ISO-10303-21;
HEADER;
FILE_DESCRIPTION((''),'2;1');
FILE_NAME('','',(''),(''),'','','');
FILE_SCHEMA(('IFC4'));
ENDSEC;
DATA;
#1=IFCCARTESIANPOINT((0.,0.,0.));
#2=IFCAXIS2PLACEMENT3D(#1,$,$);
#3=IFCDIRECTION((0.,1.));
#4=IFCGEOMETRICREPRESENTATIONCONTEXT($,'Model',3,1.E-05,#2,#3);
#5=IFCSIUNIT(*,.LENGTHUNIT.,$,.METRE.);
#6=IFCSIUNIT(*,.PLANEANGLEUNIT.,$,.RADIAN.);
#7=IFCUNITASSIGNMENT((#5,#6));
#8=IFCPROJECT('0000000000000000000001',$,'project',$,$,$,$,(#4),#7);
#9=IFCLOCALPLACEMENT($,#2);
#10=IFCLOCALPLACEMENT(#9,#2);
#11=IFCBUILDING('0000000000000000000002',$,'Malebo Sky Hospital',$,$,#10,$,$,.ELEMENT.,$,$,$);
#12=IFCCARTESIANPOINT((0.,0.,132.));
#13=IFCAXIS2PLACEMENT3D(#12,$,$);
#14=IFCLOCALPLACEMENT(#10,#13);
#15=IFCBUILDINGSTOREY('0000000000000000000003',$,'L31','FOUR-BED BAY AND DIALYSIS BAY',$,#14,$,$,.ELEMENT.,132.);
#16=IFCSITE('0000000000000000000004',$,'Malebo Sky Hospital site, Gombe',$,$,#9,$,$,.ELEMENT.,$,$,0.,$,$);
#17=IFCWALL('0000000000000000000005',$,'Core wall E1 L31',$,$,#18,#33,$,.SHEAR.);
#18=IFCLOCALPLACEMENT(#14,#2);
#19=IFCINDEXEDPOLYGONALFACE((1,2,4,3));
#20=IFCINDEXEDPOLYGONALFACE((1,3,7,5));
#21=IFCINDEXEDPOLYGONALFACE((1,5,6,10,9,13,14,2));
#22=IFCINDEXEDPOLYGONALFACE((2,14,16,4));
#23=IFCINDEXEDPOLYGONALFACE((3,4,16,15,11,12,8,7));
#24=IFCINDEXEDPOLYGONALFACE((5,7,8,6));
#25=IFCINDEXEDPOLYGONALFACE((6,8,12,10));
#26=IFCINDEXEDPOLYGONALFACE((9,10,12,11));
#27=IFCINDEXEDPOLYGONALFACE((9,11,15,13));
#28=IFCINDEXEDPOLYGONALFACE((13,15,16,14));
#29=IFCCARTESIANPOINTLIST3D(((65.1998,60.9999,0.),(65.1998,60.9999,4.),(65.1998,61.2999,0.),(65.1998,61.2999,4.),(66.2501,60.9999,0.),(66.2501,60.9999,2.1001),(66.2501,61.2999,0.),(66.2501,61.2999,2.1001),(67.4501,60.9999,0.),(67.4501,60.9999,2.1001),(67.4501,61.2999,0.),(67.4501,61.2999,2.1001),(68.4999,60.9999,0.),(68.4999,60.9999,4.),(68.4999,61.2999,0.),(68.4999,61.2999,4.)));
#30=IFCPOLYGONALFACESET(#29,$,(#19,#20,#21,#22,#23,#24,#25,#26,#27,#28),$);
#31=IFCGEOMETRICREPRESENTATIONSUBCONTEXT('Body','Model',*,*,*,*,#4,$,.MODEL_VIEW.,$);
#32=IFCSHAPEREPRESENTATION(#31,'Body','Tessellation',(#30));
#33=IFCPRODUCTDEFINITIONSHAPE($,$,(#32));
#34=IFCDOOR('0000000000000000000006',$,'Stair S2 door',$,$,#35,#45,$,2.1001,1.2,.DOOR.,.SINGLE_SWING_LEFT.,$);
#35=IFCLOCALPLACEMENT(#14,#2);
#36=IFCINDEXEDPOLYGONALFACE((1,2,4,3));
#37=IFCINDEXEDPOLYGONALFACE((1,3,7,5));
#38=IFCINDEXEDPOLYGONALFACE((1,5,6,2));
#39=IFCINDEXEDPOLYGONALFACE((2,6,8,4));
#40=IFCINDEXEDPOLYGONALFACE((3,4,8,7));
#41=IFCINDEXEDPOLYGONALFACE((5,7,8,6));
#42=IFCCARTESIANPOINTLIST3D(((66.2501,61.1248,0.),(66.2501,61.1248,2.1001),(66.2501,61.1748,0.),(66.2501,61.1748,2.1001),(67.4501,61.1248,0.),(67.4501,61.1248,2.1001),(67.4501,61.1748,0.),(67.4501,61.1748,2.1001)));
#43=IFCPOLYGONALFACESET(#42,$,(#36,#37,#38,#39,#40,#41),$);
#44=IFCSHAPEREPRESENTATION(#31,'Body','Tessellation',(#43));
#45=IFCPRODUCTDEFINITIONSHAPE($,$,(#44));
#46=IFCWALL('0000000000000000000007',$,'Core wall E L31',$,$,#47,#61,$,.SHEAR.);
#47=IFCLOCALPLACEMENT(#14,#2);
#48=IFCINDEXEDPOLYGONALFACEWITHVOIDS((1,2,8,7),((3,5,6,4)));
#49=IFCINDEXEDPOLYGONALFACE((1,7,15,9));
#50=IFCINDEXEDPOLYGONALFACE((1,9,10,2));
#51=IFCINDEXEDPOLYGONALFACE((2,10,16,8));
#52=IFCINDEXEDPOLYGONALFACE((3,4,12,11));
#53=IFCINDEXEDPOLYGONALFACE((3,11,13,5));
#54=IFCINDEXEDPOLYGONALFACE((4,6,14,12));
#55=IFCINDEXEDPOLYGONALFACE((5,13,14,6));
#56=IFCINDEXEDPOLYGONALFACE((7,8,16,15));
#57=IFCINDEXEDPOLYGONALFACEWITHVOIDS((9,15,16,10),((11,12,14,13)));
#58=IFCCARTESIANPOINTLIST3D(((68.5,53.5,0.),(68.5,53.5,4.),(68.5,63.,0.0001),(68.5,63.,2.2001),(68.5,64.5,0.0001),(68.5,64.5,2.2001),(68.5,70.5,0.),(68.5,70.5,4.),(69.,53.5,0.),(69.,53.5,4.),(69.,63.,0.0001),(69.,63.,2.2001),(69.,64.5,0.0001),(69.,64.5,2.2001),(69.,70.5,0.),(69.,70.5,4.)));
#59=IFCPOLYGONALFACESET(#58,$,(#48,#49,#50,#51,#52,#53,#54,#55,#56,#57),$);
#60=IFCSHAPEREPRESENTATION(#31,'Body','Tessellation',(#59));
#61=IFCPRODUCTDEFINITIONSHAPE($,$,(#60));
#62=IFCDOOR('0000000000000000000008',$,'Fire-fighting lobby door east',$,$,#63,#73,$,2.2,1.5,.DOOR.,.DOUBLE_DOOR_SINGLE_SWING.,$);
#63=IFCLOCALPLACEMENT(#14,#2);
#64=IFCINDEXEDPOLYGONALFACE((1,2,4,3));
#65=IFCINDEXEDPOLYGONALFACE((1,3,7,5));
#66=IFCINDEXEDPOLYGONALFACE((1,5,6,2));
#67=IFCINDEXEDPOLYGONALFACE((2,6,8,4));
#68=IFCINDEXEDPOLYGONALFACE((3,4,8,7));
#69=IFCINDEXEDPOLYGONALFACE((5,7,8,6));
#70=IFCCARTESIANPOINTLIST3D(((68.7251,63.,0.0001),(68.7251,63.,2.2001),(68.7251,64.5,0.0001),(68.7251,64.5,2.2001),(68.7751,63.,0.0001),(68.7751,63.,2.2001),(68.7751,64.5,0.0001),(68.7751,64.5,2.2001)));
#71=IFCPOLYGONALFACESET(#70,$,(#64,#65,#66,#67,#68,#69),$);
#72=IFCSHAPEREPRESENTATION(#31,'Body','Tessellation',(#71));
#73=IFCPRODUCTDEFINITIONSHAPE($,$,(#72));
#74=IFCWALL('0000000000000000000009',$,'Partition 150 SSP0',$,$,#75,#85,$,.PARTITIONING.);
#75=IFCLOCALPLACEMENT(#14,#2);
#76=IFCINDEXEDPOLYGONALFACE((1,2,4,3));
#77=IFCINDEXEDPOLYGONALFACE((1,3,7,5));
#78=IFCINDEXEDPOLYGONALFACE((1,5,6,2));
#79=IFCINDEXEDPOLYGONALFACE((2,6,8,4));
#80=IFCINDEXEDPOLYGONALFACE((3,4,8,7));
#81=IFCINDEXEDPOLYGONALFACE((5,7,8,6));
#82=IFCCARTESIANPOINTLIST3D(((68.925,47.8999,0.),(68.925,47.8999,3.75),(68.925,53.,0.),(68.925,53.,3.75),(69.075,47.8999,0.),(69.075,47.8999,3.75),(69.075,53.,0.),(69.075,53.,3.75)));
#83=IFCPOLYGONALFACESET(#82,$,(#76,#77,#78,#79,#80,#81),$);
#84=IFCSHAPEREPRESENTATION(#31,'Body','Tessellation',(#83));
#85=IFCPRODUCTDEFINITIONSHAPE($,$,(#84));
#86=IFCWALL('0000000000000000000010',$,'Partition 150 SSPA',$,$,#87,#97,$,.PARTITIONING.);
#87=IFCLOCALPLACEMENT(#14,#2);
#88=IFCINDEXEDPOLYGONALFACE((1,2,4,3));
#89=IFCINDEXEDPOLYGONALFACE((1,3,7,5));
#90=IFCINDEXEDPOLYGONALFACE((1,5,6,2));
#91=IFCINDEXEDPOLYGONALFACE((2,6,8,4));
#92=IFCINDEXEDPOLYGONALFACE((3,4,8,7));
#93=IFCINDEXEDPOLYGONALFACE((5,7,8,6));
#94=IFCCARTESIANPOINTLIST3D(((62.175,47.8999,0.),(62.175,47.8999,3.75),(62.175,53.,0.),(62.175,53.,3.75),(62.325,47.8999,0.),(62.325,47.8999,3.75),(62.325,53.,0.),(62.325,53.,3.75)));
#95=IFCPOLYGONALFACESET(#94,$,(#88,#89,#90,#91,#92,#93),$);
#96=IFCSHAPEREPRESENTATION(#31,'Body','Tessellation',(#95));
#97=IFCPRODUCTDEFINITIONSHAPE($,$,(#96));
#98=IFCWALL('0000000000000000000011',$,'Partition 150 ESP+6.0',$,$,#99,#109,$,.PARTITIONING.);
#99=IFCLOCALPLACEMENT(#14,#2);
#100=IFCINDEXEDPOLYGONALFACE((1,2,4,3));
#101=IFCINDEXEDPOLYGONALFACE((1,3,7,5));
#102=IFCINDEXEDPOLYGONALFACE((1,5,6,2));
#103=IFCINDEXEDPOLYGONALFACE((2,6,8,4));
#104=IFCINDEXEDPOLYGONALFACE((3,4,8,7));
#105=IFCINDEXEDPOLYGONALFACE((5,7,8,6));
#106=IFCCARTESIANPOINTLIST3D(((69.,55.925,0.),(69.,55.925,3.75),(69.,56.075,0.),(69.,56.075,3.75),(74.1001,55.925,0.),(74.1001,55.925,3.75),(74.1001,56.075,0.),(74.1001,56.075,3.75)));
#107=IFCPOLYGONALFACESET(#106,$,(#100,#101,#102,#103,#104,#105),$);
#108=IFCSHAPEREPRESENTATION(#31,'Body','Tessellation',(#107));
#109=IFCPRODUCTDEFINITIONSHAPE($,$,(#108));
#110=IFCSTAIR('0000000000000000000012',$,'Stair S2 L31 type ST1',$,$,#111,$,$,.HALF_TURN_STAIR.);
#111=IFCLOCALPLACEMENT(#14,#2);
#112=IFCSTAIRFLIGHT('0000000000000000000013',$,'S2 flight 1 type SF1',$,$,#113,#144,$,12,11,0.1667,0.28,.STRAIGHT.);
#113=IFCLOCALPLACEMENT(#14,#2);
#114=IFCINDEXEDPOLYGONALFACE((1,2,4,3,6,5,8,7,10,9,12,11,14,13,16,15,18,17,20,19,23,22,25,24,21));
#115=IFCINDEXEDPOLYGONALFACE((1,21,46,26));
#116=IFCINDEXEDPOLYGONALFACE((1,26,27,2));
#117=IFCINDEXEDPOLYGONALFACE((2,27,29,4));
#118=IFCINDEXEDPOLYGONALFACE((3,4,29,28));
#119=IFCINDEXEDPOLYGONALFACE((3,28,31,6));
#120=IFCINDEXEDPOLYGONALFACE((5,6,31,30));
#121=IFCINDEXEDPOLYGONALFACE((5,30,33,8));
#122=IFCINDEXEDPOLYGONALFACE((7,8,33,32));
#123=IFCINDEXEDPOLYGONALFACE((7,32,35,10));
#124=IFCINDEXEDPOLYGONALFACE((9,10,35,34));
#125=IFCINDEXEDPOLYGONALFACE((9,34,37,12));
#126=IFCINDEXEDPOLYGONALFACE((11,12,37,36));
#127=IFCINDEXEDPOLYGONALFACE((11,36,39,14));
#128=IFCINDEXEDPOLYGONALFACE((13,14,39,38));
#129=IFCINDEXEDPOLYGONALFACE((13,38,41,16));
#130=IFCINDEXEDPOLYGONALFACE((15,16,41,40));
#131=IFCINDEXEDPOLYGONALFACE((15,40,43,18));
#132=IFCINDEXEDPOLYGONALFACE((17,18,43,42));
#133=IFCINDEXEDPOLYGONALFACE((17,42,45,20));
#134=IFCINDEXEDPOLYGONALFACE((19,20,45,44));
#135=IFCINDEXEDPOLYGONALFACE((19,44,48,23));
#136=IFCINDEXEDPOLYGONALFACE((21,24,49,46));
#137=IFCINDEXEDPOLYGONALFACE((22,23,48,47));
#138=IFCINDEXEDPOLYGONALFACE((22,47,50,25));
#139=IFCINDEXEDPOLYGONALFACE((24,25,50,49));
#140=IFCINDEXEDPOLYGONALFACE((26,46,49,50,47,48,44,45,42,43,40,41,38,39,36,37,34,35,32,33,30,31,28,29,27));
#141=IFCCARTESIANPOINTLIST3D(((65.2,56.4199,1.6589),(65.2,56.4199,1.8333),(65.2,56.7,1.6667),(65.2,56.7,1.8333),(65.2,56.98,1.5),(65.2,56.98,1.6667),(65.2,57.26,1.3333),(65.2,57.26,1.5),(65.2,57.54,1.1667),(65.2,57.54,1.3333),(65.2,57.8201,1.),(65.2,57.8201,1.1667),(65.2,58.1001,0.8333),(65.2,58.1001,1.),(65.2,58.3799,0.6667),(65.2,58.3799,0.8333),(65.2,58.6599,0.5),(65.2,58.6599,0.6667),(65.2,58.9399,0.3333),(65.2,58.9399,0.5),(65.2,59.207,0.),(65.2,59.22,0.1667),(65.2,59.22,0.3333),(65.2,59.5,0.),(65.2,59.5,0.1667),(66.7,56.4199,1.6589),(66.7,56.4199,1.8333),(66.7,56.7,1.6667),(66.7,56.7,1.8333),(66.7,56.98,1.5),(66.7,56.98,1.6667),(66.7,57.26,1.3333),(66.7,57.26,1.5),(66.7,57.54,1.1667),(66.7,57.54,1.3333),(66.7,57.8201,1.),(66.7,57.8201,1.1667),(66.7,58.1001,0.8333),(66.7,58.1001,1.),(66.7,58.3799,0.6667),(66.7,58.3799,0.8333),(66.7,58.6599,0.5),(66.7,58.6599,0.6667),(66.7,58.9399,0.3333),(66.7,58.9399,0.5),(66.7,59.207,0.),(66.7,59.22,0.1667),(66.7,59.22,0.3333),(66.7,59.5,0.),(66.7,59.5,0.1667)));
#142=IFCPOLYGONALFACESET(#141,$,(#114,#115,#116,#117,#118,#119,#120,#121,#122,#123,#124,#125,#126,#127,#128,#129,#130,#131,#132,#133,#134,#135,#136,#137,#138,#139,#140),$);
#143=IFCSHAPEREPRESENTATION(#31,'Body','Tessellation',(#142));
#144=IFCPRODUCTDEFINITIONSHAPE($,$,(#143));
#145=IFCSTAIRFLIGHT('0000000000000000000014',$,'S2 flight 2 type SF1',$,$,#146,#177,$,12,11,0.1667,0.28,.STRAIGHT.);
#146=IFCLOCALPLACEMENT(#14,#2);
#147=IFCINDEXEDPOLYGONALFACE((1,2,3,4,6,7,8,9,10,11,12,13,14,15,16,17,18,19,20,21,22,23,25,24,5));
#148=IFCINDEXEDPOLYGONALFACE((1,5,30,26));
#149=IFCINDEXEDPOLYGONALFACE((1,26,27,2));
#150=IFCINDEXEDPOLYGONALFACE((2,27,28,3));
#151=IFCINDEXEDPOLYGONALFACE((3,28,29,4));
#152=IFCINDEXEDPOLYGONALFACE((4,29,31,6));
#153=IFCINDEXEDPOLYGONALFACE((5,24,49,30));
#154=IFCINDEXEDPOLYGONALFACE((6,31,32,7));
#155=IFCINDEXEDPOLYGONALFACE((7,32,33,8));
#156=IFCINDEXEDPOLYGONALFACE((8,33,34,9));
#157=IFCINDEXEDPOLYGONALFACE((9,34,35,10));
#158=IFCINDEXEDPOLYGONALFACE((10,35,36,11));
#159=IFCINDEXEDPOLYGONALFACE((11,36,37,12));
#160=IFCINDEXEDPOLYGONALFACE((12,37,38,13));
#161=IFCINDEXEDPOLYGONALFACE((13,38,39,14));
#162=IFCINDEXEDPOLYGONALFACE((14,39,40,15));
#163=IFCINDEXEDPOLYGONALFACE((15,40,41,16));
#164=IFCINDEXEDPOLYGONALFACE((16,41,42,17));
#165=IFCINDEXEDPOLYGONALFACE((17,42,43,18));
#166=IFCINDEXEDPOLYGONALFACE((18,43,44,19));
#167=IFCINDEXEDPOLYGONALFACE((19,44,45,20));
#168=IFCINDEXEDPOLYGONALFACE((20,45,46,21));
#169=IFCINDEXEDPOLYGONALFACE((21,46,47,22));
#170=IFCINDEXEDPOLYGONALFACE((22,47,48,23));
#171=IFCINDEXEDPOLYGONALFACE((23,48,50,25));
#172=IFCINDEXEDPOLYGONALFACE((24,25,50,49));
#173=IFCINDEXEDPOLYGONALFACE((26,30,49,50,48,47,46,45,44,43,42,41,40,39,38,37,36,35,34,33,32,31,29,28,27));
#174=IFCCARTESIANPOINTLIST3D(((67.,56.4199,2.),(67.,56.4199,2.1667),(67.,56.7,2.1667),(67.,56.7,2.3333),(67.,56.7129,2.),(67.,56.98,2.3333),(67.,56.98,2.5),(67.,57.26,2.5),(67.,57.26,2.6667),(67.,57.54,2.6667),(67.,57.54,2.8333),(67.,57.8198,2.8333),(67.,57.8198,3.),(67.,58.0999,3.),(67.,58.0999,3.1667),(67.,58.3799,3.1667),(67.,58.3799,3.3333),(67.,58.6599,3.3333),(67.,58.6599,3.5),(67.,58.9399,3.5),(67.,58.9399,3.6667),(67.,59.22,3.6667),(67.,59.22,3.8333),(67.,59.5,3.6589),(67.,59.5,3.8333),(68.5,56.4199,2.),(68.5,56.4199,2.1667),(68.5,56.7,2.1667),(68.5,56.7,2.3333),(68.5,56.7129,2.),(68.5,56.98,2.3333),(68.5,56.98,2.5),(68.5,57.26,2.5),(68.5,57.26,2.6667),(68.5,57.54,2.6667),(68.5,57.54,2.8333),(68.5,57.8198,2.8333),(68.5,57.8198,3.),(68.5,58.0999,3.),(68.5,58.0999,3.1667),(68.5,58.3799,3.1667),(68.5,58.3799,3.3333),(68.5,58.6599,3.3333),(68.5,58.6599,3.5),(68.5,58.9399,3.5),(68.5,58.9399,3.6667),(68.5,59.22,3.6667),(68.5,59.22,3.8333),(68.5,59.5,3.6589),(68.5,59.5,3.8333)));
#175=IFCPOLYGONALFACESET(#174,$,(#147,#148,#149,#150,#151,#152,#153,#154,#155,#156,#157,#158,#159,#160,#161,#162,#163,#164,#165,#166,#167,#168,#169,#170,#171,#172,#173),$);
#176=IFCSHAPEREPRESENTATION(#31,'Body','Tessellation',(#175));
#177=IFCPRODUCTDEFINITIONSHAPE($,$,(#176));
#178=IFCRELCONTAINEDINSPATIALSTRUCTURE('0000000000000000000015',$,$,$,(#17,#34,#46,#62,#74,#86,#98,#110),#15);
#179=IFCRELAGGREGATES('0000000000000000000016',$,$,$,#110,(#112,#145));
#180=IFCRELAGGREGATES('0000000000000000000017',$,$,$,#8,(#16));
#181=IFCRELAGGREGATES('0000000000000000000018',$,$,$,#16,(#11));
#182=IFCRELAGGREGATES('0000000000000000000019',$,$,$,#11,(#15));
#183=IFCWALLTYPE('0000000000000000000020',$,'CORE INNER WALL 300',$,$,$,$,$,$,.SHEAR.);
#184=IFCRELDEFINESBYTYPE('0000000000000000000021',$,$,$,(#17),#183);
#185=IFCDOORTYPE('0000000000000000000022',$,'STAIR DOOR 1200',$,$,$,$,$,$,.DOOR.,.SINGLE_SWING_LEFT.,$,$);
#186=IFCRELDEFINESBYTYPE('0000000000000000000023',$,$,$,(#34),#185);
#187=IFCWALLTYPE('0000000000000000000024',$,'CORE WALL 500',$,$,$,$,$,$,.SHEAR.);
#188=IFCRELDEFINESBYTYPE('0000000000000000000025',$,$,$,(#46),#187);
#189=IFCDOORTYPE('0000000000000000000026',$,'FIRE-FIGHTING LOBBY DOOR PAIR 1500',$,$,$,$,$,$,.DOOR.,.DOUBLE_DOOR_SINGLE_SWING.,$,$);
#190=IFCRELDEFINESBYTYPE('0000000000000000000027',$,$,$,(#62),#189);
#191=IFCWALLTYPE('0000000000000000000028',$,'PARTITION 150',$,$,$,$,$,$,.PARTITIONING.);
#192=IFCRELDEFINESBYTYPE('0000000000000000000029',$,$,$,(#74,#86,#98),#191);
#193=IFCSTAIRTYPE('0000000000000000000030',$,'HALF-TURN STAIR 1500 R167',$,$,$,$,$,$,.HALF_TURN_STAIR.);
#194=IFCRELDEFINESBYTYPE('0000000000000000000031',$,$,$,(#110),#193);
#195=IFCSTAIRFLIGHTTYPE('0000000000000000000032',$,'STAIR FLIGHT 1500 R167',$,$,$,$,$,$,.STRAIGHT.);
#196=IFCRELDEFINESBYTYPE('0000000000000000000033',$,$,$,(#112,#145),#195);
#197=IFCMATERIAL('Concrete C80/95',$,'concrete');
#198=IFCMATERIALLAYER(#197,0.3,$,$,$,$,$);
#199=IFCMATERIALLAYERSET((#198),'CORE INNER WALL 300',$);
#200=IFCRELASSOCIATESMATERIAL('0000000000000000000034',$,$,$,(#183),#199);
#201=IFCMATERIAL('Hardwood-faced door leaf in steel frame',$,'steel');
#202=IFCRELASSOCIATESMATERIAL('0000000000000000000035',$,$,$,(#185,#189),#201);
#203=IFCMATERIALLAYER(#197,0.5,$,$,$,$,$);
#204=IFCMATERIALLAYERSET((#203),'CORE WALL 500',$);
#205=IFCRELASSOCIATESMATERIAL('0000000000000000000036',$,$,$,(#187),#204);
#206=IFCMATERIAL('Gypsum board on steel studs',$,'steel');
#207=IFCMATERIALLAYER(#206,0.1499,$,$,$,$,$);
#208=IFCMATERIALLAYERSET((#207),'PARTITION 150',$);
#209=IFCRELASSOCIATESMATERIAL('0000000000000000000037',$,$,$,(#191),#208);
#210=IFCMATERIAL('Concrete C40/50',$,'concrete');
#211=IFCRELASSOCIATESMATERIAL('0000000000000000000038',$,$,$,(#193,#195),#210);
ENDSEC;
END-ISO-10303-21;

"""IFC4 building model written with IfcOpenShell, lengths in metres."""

from ifc_helpers import new_model, si_unit, direction, frame, frame_2d, origin, place, context, subcontext, project, spatial, polyline, rectangle, outline, extrude, material, layer, layer_set, type_object, element, fill, aggregate, save


model = new_model("IFC4")

# Units and contexts
model_context = context("Model", 3, precision=1e-05, world=origin(), true_north=direction((0.0, 1.0)))
body_context = subcontext(model_context, "Body", "Model", "MODEL_VIEW")
ifc_project = project(units=[si_unit("LENGTHUNIT", "METRE"), si_unit("PLANEANGLEUNIT", "RADIAN")], contexts=[model_context])

# Site, building, storey
site_placement = place(None, origin())
site = spatial("IfcSite", under=ifc_project, at=site_placement, Name="Malebo Sky Hospital site, Gombe", CompositionType="ELEMENT", RefElevation=0.0)
building_placement = place(site_placement, origin())
building = spatial("IfcBuilding", under=site, at=building_placement, Name="Malebo Sky Hospital", CompositionType="ELEMENT")
storey_placement = place(building_placement, frame((0.0, 0.0, 132.0)))
storey = spatial("IfcBuildingStorey", under=building, at=storey_placement, Name="L31", Description="FOUR-BED BAY AND DIALYSIS BAY", CompositionType="ELEMENT", Elevation=132.0)

# Shared definitions
ifc_material_1 = material(Name="Concrete C80/95", Category="concrete")

# Shared definitions
ifc_layer_1 = layer(ifc_material_1, 0.3)
ifc_layer_set_1 = layer_set([ifc_layer_1], Name="CORE INNER WALL 300")
wall_type_1 = type_object("IfcWallType", Name="CORE INNER WALL 300", PredefinedType="SHEAR", material=ifc_layer_set_1)

# Walls, openings, doors
wall_1_placement = place(storey_placement, frame((65.2, 61.1499, 0.0), z_axis=(0.0, 0.0, 1.0), x_axis=(1.0, 0.0, 0.0)))
wall_1 = element("IfcWall", 1, at=wall_1_placement, inside=storey, type_object=wall_type_1, Name="Core wall E1 L31", PredefinedType="SHEAR", context=body_context, shape_type="SweptSolid", body=[
    extrude(rectangle(XDim=3.3, YDim=0.3, at=frame_2d((1.6499, 0.0))), origin(), (0.0, 0.0, 1.0), 4.0),
])
opening_1_placement = place(wall_1_placement, frame((1.05, 0.0, 0.0)))
opening_1 = element("IfcOpeningElement", 2, at=opening_1_placement, cuts=wall_1, PredefinedType="OPENING", context=body_context, shape_type="SweptSolid", body=[
    extrude(rectangle(XDim=1.2, YDim=2.1001, at=frame_2d((0.6001, 1.05))), frame((0.0, 0.1599, 0.0), z_axis=(0.0, -1.0, 0.0), x_axis=(1.0, 0.0, 0.0)), (0.0, 0.0, 1.0), 0.3201),
])
ifc_material_2 = material(Name="Hardwood-faced door leaf in steel frame", Category="steel")
door_type_1 = type_object("IfcDoorType", Name="STAIR DOOR 1200", OperationType="SINGLE_SWING_LEFT", PredefinedType="DOOR", material=ifc_material_2)
door_1_placement = place(opening_1_placement, origin())
door_1 = element("IfcDoor", 3, at=door_1_placement, inside=storey, type_object=door_type_1, Name="Stair S2 door", OperationType="SINGLE_SWING_LEFT", OverallHeight=2.1001, OverallWidth=1.2, PredefinedType="DOOR", context=body_context, shape_type="SweptSolid", body=[
    extrude(rectangle(XDim=1.2, YDim=2.1001, at=frame_2d((0.6001, 1.05))), frame((0.0, 0.0249, 0.0), z_axis=(0.0, -1.0, 0.0), x_axis=(1.0, 0.0, 0.0)), (0.0, 0.0, 1.0), 0.05),
])
fill(opening_1, door_1)
ifc_layer_2 = layer(ifc_material_1, 0.5)
ifc_layer_set_2 = layer_set([ifc_layer_2], Name="CORE WALL 500")
wall_type_2 = type_object("IfcWallType", Name="CORE WALL 500", PredefinedType="SHEAR", material=ifc_layer_set_2)
wall_2_placement = place(storey_placement, frame((68.75, 53.5, 0.0), z_axis=(0.0, 0.0, 1.0), x_axis=(0.0, 1.0, 0.0)))
wall_2 = element("IfcWall", 4, at=wall_2_placement, inside=storey, type_object=wall_type_2, Name="Core wall E L31", PredefinedType="SHEAR", context=body_context, shape_type="SweptSolid", body=[
    extrude(rectangle(XDim=17.0, YDim=0.5, at=frame_2d((8.5, 0.0))), origin(), (0.0, 0.0, 1.0), 4.0),
])
opening_2_placement = place(wall_2_placement, frame((9.5, 0.0, 0.0)))
opening_2 = element("IfcOpeningElement", 5, at=opening_2_placement, cuts=wall_2, PredefinedType="OPENING", context=body_context, shape_type="SweptSolid", body=[
    extrude(rectangle(XDim=1.5, YDim=2.2, at=frame_2d((0.75, 1.1001))), frame((0.0, 0.26, 0.0), z_axis=(0.0, -1.0, 0.0), x_axis=(1.0, 0.0, 0.0)), (0.0, 0.0, 1.0), 0.52),
])
door_type_2 = type_object("IfcDoorType", Name="FIRE-FIGHTING LOBBY DOOR PAIR 1500", OperationType="DOUBLE_DOOR_SINGLE_SWING", PredefinedType="DOOR", material=ifc_material_2)
door_2_placement = place(opening_2_placement, origin())
door_2 = element("IfcDoor", 6, at=door_2_placement, inside=storey, type_object=door_type_2, Name="Fire-fighting lobby door east", OperationType="DOUBLE_DOOR_SINGLE_SWING", OverallHeight=2.2, OverallWidth=1.5, PredefinedType="DOOR", context=body_context, shape_type="SweptSolid", body=[
    extrude(rectangle(XDim=1.5, YDim=2.2, at=frame_2d((0.75, 1.1001))), frame((0.0, 0.0249, 0.0), z_axis=(0.0, -1.0, 0.0), x_axis=(1.0, 0.0, 0.0)), (0.0, 0.0, 1.0), 0.05),
])
fill(opening_2, door_2)

# Walls
ifc_material_3 = material(Name="Gypsum board on steel studs", Category="steel")
ifc_layer_3 = layer(ifc_material_3, 0.1499)
ifc_layer_set_3 = layer_set([ifc_layer_3], Name="PARTITION 150")
wall_type_3 = type_object("IfcWallType", Name="PARTITION 150", PredefinedType="PARTITIONING", material=ifc_layer_set_3)
for number, where, z_axis, x_axis, name in (
    (7, (69.0, 53.0, 0.0), (0.0, 0.0, 1.0), (0.0, -1.0, 0.0), "Partition 150 SSP0"),
    (8, (62.25, 53.0, 0.0), (0.0, 0.0, 1.0), (0.0, -1.0, 0.0), "Partition 150 SSPA"),
    (9, (69.0, 56.0, 0.0), (0.0, 0.0, 1.0), (1.0, 0.0, 0.0), "Partition 150 ESP+6.0"),
):
    element("IfcWall", number, at=place(storey_placement, frame(where, z_axis=z_axis, x_axis=x_axis)), inside=storey, type_object=wall_type_3, Name=name, PredefinedType="PARTITIONING", context=body_context, shape_type="SweptSolid", body=[
        extrude(rectangle(XDim=5.1001, YDim=0.1499, at=frame_2d((2.55, 0.0))), origin(), (0.0, 0.0, 1.0), 3.75),
    ])

# Stair, stair flights
ifc_material_4 = material(Name="Concrete C40/50", Category="concrete")
stair_type = type_object("IfcStairType", Name="HALF-TURN STAIR 1500 R167", PredefinedType="HALF_TURN_STAIR", material=ifc_material_4)
stair_placement = place(storey_placement, origin())
stair = element("IfcStair", 10, at=stair_placement, inside=storey, type_object=stair_type, Name="Stair S2 L31 type ST1", PredefinedType="HALF_TURN_STAIR")
stair_flight_type = type_object("IfcStairFlightType", Name="STAIR FLIGHT 1500 R167", PredefinedType="STRAIGHT", material=ifc_material_4)
stair_flight_1_placement = place(storey_placement, frame((65.95, 59.5, 0.0), z_axis=(0.0, 0.0, 1.0), x_axis=(0.0, -1.0, 0.0)))
stair_flight_1 = element("IfcStairFlight", 11, at=stair_flight_1_placement, type_object=stair_flight_type, Name="S2 flight 1 type SF1", NumberOfRisers=12, NumberOfTreads=11, PredefinedType="STRAIGHT", RiserHeight=0.1667, TreadLength=0.28, context=body_context, shape_type="SweptSolid", body=[
    extrude(outline(polyline([(0.0, 0.0), (0.0, 0.1667), (0.28, 0.1667), (0.28, 0.3333), (0.5601, 0.3333), (0.5601, 0.5), (0.8401, 0.5), (0.8401, 0.6667), (1.1201, 0.6667), (1.1201, 0.8333), (1.3999, 0.8333), (1.3999, 1.0), (1.6799, 1.0), (1.6799, 1.1667), (1.96, 1.1667), (1.96, 1.3333), (2.24, 1.3333), (2.24, 1.5), (2.52, 1.5), (2.52, 1.6667), (2.8, 1.6667), (2.8, 1.8333), (3.0801, 1.8333), (3.0801, 2.0), (3.0801, 1.6589), (0.293, 0.0), (0.0, 0.0)])), frame((0.0, 0.75, 0.0), z_axis=(0.0, -1.0, 0.0), x_axis=(1.0, 0.0, 0.0)), (0.0, 0.0, 1.0), 1.5),
])
stair_flight_2_placement = place(storey_placement, frame((67.75, 56.4199, 2.0), z_axis=(0.0, 0.0, 1.0), x_axis=(0.0, 1.0, 0.0)))
stair_flight_2 = element("IfcStairFlight", 12, at=stair_flight_2_placement, type_object=stair_flight_type, Name="S2 flight 2 type SF1", NumberOfRisers=12, NumberOfTreads=11, PredefinedType="STRAIGHT", RiserHeight=0.1667, TreadLength=0.28, context=body_context, shape_type="SweptSolid", body=[
    extrude(outline(polyline([(0.0, 0.0), (0.0, 0.1667), (0.28, 0.1667), (0.28, 0.3333), (0.5601, 0.3333), (0.5601, 0.5), (0.8401, 0.5), (0.8401, 0.6667), (1.1201, 0.6667), (1.1201, 0.8333), (1.3999, 0.8333), (1.3999, 1.0), (1.6799, 1.0), (1.6799, 1.1667), (1.96, 1.1667), (1.96, 1.3333), (2.24, 1.3333), (2.24, 1.5), (2.52, 1.5), (2.52, 1.6667), (2.8, 1.6667), (2.8, 1.8333), (3.0801, 1.8333), (3.0801, 2.0), (3.0801, 1.6589), (0.293, 0.0), (0.0, 0.0)])), frame((0.0, 0.75, 0.0), z_axis=(0.0, -1.0, 0.0), x_axis=(1.0, 0.0, 0.0)), (0.0, 0.0, 1.0), 1.5),
])
aggregate(stair, [stair_flight_1, stair_flight_2])

save(model, "model.ifc")
